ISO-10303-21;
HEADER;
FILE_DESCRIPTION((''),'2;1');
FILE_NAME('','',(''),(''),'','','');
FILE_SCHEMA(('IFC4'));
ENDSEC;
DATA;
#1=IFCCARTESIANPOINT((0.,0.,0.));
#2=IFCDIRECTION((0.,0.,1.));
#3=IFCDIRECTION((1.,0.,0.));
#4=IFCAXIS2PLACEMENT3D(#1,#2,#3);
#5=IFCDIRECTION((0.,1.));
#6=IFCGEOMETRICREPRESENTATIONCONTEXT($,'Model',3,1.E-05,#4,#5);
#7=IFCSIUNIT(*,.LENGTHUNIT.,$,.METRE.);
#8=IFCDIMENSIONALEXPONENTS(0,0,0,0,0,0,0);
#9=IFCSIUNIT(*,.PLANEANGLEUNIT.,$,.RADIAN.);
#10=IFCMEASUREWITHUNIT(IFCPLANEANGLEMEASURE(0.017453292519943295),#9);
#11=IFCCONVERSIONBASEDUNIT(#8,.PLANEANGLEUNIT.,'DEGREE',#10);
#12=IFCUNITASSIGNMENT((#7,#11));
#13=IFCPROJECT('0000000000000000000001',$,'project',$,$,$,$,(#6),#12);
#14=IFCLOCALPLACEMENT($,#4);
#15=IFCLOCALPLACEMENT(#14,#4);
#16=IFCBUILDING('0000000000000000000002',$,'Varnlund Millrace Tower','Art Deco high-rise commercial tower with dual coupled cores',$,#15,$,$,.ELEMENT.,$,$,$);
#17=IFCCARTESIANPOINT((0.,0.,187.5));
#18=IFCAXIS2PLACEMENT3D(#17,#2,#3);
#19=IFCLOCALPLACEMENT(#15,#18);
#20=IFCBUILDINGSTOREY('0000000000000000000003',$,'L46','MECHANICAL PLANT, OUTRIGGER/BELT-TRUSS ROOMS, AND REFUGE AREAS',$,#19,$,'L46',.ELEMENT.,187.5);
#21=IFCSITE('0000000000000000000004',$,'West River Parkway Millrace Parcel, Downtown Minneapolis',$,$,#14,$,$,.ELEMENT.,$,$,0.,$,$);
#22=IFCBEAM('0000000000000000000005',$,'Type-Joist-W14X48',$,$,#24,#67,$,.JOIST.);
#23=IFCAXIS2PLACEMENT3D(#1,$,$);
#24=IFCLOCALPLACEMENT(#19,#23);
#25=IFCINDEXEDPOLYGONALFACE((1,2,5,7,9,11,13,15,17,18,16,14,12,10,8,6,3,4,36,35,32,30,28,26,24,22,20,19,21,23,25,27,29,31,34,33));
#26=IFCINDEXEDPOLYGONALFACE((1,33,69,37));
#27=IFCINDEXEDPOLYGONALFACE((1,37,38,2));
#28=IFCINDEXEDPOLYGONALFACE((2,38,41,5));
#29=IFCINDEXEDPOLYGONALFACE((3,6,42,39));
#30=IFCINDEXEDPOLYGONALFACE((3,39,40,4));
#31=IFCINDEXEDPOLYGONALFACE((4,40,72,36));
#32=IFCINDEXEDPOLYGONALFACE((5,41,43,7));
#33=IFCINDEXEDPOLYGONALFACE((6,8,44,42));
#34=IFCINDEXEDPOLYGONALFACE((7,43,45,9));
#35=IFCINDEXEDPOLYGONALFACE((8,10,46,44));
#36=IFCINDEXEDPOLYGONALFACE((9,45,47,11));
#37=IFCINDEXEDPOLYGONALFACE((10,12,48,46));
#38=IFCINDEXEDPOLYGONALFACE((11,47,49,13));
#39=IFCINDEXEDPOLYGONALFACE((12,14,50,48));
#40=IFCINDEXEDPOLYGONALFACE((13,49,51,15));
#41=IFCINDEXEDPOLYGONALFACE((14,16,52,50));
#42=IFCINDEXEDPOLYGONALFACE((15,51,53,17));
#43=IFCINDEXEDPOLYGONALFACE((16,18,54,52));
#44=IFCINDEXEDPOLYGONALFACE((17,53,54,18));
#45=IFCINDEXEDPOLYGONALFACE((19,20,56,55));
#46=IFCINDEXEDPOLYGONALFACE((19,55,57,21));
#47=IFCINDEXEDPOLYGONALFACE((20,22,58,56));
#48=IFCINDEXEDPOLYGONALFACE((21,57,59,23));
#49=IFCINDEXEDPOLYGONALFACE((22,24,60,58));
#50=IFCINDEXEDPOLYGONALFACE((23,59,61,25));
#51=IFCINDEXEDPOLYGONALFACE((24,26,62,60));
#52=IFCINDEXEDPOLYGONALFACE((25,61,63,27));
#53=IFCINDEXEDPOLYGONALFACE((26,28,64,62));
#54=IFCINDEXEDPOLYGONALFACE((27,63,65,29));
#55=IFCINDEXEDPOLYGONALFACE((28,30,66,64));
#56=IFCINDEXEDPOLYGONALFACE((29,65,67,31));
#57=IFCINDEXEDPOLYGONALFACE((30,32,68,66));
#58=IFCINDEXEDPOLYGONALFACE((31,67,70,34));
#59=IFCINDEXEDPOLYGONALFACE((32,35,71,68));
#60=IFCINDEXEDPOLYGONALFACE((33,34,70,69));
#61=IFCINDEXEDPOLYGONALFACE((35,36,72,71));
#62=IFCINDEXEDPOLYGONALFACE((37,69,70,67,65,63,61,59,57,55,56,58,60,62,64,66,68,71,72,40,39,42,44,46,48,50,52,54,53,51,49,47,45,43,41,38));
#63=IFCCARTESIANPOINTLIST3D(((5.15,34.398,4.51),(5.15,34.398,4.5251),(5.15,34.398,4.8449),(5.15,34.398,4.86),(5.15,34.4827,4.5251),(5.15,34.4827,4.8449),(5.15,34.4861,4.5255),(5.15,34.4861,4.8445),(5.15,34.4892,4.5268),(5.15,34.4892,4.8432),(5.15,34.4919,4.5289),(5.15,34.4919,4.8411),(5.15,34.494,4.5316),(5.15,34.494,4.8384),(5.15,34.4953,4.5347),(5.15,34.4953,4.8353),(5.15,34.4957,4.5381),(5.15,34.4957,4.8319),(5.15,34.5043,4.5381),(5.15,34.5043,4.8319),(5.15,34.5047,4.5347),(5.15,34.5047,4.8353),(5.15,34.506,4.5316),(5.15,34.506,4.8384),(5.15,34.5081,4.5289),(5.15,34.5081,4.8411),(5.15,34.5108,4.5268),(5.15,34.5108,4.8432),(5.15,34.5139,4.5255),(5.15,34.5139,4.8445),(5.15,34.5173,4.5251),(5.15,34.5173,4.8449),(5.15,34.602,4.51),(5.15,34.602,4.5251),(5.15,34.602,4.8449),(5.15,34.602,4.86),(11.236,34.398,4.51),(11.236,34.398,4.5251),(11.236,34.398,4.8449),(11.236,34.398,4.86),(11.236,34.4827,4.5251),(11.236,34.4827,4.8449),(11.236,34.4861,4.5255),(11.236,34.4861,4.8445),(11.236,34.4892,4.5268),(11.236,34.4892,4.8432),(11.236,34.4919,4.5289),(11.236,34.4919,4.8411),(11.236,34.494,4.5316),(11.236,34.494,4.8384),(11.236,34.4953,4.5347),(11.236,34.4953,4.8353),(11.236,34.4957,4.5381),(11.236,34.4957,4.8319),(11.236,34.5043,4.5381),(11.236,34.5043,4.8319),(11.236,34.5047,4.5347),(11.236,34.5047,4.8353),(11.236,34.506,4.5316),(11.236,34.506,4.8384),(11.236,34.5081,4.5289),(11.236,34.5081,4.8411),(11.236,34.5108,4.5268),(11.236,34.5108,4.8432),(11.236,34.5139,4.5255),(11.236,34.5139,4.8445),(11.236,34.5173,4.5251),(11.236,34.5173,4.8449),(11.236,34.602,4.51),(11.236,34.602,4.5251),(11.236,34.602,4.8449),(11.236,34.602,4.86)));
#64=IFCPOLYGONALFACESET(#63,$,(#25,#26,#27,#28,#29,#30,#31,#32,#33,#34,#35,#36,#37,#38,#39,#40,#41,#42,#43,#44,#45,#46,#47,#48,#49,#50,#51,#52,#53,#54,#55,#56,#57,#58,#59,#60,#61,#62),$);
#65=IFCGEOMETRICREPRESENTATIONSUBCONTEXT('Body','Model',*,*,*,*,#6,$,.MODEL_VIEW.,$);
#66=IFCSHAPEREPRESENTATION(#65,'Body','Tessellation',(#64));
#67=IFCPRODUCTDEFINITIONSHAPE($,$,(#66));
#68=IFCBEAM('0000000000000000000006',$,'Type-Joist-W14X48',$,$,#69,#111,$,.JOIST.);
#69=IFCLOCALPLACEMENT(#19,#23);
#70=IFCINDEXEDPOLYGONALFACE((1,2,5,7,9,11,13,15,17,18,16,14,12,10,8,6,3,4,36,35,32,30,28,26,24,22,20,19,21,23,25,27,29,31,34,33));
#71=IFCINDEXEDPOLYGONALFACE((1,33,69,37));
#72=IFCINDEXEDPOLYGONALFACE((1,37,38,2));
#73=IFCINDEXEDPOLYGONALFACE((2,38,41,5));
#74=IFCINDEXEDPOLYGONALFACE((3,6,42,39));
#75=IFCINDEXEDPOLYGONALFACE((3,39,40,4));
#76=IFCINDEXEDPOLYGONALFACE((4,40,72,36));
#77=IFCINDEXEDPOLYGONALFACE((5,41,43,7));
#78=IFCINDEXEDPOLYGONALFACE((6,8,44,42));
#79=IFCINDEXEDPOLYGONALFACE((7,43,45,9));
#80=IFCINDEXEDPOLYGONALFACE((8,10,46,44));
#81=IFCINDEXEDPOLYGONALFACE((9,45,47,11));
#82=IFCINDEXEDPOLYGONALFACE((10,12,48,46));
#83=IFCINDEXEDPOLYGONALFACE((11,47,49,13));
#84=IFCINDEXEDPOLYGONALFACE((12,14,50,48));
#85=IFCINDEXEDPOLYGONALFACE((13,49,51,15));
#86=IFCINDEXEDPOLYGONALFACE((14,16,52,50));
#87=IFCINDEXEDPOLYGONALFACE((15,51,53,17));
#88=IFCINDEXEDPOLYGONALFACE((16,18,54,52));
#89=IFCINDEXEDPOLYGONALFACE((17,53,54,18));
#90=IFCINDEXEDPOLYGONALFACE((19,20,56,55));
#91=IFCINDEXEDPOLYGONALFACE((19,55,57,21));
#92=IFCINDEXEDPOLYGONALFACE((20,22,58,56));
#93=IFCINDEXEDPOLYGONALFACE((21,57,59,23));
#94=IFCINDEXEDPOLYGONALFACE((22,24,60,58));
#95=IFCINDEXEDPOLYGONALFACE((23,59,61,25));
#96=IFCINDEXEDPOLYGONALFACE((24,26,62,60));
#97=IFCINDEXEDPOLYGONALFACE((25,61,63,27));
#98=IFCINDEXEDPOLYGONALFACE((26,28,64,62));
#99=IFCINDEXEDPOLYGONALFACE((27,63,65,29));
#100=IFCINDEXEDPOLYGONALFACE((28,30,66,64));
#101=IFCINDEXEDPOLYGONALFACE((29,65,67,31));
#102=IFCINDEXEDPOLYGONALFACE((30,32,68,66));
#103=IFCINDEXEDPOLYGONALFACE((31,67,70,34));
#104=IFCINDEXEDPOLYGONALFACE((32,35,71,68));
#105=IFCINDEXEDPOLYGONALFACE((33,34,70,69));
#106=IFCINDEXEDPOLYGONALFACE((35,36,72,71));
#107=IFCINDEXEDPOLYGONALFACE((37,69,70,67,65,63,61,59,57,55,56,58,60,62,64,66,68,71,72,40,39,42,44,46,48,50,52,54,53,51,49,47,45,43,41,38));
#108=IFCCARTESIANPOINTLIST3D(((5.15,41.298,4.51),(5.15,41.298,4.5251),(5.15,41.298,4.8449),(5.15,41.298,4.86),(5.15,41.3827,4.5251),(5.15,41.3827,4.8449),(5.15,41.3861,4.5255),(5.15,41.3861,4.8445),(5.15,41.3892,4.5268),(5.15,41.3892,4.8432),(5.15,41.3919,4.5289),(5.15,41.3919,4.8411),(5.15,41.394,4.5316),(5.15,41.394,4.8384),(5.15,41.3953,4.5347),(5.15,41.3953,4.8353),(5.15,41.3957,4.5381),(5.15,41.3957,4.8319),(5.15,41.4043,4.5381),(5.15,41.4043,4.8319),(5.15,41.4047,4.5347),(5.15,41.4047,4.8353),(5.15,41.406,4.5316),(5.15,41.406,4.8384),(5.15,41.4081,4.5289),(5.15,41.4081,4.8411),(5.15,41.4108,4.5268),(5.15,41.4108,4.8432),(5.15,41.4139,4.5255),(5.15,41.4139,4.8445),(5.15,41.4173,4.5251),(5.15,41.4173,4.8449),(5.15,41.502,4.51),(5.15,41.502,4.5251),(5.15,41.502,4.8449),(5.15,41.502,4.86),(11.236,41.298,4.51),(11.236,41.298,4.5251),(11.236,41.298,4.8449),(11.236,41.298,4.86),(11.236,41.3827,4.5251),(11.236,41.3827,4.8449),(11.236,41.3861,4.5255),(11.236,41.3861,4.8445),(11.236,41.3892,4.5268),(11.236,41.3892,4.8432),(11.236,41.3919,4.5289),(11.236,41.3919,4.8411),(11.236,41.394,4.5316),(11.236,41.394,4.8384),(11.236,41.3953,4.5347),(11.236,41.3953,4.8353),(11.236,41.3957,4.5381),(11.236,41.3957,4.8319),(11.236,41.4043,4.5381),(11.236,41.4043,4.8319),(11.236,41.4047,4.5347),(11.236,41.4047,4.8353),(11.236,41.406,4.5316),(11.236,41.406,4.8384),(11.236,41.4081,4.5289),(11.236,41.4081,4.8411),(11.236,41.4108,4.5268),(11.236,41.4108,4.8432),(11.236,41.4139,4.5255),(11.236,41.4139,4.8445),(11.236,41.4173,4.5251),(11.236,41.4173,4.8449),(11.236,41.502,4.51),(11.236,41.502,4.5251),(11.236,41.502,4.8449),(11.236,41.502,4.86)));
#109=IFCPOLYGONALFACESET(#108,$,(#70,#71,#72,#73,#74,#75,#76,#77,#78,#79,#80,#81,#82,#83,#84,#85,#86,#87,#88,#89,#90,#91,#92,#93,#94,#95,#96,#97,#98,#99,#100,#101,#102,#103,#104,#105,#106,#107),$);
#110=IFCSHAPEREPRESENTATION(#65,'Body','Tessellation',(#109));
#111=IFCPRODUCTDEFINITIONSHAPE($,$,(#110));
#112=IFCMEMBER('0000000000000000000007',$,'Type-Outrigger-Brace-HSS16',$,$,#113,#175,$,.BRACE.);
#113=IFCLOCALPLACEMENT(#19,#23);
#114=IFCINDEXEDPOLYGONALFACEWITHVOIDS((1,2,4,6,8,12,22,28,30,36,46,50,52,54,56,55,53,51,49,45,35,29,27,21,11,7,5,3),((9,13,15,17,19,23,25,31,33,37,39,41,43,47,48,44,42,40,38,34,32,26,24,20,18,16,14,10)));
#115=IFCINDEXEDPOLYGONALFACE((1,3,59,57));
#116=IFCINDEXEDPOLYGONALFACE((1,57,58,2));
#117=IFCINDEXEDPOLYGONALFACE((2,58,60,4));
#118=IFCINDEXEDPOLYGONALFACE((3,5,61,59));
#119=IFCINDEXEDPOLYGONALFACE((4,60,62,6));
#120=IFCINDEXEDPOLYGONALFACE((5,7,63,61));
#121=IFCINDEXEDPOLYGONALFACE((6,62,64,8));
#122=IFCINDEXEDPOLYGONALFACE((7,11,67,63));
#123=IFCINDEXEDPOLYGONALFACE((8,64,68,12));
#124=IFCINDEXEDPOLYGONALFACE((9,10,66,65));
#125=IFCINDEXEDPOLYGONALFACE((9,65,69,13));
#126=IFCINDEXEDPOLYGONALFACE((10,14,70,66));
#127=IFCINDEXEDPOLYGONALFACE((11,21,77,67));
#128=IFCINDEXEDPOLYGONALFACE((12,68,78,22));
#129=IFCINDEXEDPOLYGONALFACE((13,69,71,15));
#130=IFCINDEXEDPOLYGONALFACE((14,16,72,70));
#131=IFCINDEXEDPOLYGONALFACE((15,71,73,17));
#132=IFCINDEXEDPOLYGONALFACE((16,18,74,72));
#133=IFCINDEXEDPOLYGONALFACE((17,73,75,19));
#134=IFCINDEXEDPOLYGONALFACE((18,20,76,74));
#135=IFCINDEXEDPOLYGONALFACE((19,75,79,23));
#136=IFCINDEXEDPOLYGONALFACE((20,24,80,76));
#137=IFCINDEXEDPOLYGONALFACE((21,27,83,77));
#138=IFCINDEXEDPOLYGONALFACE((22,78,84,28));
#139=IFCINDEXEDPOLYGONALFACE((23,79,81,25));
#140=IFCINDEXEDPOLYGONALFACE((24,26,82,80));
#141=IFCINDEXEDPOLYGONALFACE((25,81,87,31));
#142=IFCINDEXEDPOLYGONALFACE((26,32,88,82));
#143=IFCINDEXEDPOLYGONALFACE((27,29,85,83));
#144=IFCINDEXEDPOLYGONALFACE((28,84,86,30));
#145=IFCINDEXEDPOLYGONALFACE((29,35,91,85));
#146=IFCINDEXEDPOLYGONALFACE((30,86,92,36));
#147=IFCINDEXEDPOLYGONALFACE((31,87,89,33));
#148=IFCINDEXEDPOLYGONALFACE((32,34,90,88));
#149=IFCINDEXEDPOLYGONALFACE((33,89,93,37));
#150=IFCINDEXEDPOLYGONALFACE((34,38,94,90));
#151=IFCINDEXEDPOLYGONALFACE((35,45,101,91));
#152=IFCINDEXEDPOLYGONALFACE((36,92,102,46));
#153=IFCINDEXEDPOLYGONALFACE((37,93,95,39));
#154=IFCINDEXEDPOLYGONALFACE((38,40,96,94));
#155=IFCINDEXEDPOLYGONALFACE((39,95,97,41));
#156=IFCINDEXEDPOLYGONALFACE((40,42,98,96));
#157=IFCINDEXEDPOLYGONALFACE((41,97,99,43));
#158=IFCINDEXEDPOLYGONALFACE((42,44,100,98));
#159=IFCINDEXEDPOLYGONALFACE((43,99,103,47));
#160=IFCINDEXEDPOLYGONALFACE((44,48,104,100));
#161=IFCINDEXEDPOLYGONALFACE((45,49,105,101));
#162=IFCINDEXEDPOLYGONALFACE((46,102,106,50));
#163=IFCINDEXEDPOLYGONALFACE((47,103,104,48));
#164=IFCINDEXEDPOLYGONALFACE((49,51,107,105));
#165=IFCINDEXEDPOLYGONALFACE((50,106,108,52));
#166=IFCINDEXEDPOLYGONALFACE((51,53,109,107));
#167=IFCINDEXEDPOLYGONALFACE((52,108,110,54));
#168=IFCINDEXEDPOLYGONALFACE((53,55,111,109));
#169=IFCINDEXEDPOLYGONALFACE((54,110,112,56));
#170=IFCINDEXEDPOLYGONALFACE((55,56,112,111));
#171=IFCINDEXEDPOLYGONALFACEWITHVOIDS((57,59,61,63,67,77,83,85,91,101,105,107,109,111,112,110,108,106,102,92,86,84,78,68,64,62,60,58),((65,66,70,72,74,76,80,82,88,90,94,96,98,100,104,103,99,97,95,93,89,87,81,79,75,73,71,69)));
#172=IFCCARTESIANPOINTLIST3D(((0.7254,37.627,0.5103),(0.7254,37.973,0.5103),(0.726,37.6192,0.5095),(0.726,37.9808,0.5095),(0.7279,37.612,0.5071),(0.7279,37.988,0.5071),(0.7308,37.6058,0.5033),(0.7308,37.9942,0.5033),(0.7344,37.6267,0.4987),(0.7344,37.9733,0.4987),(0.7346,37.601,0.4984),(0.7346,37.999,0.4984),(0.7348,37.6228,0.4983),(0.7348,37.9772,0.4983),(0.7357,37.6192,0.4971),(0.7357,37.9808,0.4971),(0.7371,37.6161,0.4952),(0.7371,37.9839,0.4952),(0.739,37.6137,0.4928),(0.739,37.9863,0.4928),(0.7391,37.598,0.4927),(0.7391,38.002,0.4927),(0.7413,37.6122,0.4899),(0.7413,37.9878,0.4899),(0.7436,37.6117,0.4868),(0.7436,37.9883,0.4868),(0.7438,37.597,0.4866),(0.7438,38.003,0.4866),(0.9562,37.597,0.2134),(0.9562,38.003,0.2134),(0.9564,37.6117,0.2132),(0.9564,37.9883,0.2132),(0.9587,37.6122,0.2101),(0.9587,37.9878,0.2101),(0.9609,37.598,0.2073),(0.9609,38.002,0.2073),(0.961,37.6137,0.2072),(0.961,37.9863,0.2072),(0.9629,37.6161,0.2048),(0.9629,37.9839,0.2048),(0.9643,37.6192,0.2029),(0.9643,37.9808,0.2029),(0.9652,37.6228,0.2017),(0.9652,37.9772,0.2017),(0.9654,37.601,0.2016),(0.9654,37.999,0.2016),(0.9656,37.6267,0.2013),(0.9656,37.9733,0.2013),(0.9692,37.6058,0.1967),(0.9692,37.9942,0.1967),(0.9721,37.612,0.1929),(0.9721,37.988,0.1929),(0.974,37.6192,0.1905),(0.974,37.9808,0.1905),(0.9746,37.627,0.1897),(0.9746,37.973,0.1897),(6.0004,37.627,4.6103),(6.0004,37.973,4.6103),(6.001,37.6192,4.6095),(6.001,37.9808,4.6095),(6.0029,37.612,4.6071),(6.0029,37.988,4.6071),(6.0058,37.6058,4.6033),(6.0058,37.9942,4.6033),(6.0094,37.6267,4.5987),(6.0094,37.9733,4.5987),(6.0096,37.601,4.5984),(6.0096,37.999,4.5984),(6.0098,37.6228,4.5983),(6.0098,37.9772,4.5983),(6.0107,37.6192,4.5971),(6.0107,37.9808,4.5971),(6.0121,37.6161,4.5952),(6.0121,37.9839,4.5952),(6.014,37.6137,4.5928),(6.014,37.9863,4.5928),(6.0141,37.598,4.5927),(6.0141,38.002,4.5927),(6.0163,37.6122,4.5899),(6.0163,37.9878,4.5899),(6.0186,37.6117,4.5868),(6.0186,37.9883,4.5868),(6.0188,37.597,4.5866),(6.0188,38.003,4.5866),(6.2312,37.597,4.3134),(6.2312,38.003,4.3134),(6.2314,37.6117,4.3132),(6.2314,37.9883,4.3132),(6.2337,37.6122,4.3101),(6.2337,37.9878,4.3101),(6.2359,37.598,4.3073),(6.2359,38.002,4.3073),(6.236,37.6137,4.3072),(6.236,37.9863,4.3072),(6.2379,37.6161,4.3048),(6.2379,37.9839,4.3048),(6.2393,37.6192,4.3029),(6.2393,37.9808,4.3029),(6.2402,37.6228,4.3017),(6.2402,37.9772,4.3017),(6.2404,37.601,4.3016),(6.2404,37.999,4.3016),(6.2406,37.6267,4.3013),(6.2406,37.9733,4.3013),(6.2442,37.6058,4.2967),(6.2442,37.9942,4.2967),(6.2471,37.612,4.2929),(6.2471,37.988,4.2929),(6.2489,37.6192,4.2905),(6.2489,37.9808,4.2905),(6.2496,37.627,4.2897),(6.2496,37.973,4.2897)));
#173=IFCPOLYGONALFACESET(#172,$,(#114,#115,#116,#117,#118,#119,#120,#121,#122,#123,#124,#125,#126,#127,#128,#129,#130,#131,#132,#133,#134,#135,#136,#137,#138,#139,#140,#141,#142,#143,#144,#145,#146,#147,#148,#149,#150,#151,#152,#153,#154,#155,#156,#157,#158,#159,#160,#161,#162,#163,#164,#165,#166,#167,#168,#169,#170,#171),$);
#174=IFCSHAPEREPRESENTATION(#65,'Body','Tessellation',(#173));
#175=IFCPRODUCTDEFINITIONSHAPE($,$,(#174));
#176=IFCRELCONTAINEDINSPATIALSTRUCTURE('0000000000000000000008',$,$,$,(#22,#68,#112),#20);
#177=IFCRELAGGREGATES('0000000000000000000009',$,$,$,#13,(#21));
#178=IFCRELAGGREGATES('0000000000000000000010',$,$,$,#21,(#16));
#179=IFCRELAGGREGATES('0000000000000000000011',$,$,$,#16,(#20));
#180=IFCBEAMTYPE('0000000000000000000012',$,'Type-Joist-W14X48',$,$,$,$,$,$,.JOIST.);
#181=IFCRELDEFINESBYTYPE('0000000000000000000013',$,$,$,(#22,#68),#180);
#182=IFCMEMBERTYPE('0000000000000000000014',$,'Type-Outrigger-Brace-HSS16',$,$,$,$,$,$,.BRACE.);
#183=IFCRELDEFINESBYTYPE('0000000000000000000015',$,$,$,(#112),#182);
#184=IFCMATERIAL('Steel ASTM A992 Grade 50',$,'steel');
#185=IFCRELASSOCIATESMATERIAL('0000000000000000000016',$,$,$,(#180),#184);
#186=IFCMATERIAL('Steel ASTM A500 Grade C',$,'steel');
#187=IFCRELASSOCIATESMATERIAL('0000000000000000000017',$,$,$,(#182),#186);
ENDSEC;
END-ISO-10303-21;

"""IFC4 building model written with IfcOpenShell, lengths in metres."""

from ifc_helpers import new_model, entity, si_unit, converted_unit, direction, frame, origin_with_axes, origin_2d_with_axis, place, context, subcontext, project, spatial, hollow_rectangle, i_section, extrude, material, material_profile, profile_set, type_object, element, save


model = new_model("IFC4")

# Units and contexts
model_context = context("Model", 3, precision=1e-05, world=origin_with_axes(), true_north=direction((0.0, 1.0)))
body_context = subcontext(model_context, "Body", "Model", "MODEL_VIEW")
ifc_project = project(units=[si_unit("LENGTHUNIT", "METRE"), converted_unit("PLANEANGLEUNIT", "DEGREE", entity("IfcPlaneAngleMeasure", 0.017453292519943295), si_unit("PLANEANGLEUNIT", "RADIAN"), dimensions=[0, 0, 0, 0, 0, 0, 0])], contexts=[model_context])

# Site, building, storey
site_placement = place(None, origin_with_axes())
site = spatial("IfcSite", under=ifc_project, at=site_placement, Name="West River Parkway Millrace Parcel, Downtown Minneapolis", CompositionType="ELEMENT", RefElevation=0.0)
building_placement = place(site_placement, origin_with_axes())
building = spatial("IfcBuilding", under=site, at=building_placement, Name="Varnlund Millrace Tower", Description="Art Deco high-rise commercial tower with dual coupled cores", CompositionType="ELEMENT")
storey_placement = place(building_placement, frame((0.0, 0.0, 187.5), z_axis=(0.0, 0.0, 1.0), x_axis=(1.0, 0.0, 0.0)))
storey = spatial("IfcBuildingStorey", under=building, at=storey_placement, Name="L46", Description="MECHANICAL PLANT, OUTRIGGER/BELT-TRUSS ROOMS, AND REFUGE AREAS", LongName="L46", CompositionType="ELEMENT", Elevation=187.5)

# Shared definitions
ifc_material_1 = material(Name="Steel ASTM A500 Grade C", Category="steel")

# Beams
ifc_material_2 = material(Name="Steel ASTM A992 Grade 50", Category="steel")
ifc_material_profile_1 = material_profile(ifc_material_2, i_section(OverallWidth=0.204, OverallDepth=0.35, WebThickness=0.0086, FlangeThickness=0.0151, FilletRadius=0.013, at=origin_2d_with_axis()), Name="Steel ASTM A992 Grade 50")
ifc_profile_set_1 = profile_set([ifc_material_profile_1], Name="Steel ASTM A992 Grade 50")
beam_type_1 = type_object("IfcBeamType", Name="Type-Joist-W14X48", PredefinedType="JOIST", material=ifc_profile_set_1)
for number, where, z_axis, x_axis, name in (
    (1, (5.15, 34.5, 4.685), (1.0, 0.0, 0.0), (0.0, 1.0, 0.0), "Type-Joist-W14X48"),
    (2, (5.15, 41.4, 4.685), (1.0, 0.0, 0.0), (0.0, 1.0, 0.0), "Type-Joist-W14X48"),
):
    element("IfcBeam", number, at=place(storey_placement, frame(where, z_axis=z_axis, x_axis=x_axis)), inside=storey, type_object=beam_type_1, Name=name, PredefinedType="JOIST", context=body_context, shape_type="SweptSolid", body=[
        extrude(i_section(OverallWidth=0.204, OverallDepth=0.35, WebThickness=0.0086, FlangeThickness=0.0151, FilletRadius=0.013, at=origin_2d_with_axis()), origin_with_axes(), (0.0, 0.0, 1.0), 6.086),
    ])

# Member
ifc_material_profile_2 = material_profile(ifc_material_1, hollow_rectangle(XDim=0.406, YDim=0.406, WallThickness=0.0147, InnerFilletRadius=0.015, OuterFilletRadius=0.03, at=origin_2d_with_axis()), Name="Steel ASTM A500 Grade C")
ifc_profile_set_2 = profile_set([ifc_material_profile_2], Name="Steel ASTM A500 Grade C")
member_type_1 = type_object("IfcMemberType", Name="Type-Outrigger-Brace-HSS16", PredefinedType="BRACE", material=ifc_profile_set_2)
for number, where, z_axis, x_axis, name in (
    (3, (0.85, 37.8, 0.35), (0.789554, 0.0, 0.613682), (0.0, 1.0, 0.0), "Type-Outrigger-Brace-HSS16"),
):
    element("IfcMember", number, at=place(storey_placement, frame(where, z_axis=z_axis, x_axis=x_axis)), inside=storey, type_object=member_type_1, Name=name, PredefinedType="BRACE", context=body_context, shape_type="SweptSolid", body=[
        extrude(hollow_rectangle(XDim=0.406, YDim=0.406, WallThickness=0.0147, InnerFilletRadius=0.015, OuterFilletRadius=0.03, at=origin_2d_with_axis()), origin_with_axes(), (0.0, 0.0, 1.0), 6.681),
    ])

save(model, "model.ifc")
